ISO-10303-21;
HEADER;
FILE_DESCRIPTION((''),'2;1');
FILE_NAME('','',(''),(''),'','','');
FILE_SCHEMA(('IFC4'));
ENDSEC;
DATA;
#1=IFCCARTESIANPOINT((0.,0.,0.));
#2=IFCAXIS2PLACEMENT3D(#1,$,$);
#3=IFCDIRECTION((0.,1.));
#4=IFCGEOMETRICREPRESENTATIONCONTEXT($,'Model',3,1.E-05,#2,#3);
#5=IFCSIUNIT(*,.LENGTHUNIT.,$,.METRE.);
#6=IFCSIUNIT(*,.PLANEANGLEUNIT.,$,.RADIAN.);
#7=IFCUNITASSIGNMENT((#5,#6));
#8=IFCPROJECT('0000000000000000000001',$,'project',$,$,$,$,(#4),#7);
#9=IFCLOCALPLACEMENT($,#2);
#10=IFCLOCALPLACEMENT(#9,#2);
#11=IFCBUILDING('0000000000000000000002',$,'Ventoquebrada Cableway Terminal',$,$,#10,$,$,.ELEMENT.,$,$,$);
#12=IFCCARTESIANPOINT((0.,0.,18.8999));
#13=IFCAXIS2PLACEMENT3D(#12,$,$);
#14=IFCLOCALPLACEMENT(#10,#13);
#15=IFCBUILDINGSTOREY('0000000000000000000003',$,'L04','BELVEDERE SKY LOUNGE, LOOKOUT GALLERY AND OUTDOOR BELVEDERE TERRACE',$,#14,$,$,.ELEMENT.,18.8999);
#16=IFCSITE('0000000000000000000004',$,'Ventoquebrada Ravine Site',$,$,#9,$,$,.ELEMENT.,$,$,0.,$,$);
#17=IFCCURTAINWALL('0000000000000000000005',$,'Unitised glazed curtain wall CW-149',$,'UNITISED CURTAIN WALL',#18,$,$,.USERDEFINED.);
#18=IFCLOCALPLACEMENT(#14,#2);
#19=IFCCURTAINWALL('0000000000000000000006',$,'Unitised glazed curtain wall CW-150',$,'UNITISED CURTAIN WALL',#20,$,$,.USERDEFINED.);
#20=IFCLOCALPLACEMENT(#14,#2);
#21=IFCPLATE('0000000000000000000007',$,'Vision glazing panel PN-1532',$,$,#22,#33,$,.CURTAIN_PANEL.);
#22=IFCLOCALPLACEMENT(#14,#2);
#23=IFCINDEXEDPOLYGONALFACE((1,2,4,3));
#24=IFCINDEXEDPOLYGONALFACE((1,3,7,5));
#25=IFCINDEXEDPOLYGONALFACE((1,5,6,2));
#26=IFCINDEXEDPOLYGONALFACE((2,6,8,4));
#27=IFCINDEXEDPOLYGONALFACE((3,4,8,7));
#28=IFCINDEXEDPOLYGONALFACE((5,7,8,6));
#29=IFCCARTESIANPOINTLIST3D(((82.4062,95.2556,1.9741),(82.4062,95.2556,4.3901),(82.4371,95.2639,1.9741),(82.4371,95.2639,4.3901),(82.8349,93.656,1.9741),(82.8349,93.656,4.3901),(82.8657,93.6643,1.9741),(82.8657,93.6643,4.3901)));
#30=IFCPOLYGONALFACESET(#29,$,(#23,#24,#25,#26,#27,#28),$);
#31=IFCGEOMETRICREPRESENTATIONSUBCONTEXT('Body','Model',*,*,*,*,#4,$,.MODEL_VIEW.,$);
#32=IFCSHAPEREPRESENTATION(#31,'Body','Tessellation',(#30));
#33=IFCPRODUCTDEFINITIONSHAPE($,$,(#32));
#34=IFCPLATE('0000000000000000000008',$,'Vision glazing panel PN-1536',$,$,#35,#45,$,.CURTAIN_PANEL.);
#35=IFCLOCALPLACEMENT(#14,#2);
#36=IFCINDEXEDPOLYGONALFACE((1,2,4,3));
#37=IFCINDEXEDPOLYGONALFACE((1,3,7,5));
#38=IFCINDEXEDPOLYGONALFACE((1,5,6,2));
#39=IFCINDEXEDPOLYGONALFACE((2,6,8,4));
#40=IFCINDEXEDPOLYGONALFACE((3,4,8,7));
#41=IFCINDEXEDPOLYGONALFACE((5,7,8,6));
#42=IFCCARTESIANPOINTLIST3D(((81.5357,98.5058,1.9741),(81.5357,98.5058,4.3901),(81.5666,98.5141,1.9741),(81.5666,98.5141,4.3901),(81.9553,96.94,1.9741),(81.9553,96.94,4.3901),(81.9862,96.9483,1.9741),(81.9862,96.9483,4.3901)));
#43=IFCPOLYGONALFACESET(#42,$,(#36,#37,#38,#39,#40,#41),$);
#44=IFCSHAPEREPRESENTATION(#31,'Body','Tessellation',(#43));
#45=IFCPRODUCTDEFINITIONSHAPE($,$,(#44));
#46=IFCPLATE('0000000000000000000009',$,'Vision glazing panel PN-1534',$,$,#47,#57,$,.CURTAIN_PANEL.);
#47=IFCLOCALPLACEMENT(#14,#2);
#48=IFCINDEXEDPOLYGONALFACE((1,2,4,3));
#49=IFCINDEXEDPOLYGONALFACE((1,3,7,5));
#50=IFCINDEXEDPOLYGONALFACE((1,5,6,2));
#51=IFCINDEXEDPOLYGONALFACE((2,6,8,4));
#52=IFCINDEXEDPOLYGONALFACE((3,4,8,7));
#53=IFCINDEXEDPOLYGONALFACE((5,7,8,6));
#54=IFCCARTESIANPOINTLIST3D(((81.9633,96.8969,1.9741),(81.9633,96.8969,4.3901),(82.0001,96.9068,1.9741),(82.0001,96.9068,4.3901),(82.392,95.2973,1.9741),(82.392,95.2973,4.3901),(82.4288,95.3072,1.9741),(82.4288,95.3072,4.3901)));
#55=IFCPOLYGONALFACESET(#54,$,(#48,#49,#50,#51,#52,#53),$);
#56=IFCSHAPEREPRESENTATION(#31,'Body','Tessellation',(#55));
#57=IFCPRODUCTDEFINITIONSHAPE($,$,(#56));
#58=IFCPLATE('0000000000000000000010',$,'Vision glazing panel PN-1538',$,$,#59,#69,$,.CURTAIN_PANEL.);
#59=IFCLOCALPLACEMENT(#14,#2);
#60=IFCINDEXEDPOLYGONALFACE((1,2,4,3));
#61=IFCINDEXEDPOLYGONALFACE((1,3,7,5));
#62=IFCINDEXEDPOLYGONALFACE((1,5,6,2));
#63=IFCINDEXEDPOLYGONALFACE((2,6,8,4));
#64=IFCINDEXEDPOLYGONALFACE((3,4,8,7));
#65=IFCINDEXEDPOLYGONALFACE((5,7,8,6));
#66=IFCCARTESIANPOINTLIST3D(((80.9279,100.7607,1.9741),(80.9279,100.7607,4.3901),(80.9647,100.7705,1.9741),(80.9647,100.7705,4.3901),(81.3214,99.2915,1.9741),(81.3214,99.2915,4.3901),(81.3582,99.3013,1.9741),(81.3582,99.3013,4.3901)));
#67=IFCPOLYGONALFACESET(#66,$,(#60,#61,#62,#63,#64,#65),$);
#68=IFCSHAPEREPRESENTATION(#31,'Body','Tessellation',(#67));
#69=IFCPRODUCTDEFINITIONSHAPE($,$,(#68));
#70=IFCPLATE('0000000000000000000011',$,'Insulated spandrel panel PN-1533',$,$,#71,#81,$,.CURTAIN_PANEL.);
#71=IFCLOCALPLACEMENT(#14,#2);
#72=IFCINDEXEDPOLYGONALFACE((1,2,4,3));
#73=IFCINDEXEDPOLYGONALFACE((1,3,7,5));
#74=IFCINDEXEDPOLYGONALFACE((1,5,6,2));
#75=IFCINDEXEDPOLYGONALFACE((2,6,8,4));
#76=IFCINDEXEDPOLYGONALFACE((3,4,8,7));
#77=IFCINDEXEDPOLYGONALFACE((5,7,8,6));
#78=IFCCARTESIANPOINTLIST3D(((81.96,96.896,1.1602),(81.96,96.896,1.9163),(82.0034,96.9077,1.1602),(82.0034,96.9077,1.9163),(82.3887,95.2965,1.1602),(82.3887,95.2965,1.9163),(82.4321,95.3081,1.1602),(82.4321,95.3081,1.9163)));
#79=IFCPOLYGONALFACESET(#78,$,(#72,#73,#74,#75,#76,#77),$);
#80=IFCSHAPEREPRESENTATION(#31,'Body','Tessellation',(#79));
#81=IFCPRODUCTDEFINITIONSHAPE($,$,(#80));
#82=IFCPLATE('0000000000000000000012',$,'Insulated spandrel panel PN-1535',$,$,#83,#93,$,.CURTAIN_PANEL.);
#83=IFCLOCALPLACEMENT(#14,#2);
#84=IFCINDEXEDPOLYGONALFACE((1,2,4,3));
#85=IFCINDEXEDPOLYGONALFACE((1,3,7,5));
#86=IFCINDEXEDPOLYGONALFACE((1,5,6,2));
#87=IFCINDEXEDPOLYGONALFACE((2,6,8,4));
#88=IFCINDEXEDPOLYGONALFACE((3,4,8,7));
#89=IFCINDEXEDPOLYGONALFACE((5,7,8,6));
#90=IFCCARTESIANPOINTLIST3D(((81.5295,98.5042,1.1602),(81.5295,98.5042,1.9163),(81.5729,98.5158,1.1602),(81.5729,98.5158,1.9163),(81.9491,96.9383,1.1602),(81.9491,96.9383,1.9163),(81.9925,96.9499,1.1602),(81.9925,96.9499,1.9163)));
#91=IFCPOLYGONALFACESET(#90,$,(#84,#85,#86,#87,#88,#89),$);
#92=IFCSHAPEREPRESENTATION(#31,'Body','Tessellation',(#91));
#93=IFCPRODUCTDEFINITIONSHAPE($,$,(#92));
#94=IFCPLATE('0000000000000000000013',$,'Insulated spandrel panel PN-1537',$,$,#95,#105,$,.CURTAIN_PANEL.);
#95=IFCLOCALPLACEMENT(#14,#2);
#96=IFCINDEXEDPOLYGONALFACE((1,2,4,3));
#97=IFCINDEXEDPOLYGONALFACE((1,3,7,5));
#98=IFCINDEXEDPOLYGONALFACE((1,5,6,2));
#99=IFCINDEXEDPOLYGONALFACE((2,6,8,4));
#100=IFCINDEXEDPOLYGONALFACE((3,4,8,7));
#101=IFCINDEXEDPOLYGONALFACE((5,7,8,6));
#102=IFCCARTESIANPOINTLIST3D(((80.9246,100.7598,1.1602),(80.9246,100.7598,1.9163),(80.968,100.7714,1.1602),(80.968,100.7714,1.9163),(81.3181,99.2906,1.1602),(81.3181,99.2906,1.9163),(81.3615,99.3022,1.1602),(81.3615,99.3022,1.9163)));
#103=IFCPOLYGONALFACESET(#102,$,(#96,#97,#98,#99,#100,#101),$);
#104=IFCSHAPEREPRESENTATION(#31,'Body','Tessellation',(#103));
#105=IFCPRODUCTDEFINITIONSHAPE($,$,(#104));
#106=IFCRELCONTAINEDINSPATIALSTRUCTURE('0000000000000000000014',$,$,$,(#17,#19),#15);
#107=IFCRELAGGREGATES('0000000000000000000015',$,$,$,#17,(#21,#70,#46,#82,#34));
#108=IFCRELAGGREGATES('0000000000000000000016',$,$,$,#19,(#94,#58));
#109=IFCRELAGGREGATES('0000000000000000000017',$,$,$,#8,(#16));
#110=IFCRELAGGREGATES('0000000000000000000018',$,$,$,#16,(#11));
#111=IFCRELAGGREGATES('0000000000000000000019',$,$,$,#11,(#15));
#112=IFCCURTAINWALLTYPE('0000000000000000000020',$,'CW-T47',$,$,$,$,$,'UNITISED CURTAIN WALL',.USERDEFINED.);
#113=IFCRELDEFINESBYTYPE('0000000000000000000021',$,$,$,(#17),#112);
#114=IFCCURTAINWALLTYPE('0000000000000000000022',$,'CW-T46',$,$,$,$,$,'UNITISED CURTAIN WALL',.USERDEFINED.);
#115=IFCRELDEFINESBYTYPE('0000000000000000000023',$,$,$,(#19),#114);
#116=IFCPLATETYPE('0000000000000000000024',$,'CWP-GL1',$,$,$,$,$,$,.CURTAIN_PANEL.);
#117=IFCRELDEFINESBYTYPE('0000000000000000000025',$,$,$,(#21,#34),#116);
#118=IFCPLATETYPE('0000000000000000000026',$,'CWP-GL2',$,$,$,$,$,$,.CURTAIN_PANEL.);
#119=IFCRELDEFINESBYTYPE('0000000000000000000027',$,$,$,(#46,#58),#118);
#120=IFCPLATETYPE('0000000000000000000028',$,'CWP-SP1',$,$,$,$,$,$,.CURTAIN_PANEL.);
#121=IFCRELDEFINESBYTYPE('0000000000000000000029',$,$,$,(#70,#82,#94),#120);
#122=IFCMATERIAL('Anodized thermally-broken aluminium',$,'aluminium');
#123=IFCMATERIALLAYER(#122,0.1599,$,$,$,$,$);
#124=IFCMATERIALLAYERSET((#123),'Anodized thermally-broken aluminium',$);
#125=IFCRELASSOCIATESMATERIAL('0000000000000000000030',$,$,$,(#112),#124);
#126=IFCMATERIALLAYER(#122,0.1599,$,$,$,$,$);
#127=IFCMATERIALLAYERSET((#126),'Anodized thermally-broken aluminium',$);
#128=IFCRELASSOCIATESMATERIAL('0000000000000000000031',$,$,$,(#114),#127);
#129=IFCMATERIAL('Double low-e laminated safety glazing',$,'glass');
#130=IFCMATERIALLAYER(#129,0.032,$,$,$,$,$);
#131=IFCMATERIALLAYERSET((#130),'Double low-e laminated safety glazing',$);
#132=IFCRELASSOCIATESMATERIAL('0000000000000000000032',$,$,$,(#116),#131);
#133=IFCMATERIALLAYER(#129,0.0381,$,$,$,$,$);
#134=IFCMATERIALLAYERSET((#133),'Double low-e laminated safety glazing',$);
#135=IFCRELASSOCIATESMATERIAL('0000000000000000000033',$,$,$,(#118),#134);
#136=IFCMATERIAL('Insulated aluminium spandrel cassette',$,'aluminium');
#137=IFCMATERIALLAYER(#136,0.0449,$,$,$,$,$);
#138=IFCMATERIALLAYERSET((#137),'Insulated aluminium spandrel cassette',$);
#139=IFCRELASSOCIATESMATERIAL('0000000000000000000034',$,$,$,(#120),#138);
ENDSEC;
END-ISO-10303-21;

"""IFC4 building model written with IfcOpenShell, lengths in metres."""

from ifc_helpers import new_model, si_unit, direction, frame, origin, origin_2d, place, context, subcontext, project, spatial, rectangle, extrude, material, layer, layer_set, type_object, element, aggregate, save


model = new_model("IFC4")

# Units and contexts
model_context = context("Model", 3, precision=1e-05, world=origin(), true_north=direction((0.0, 1.0)))
body_context = subcontext(model_context, "Body", "Model", "MODEL_VIEW")
ifc_project = project(units=[si_unit("LENGTHUNIT", "METRE"), si_unit("PLANEANGLEUNIT", "RADIAN")], contexts=[model_context])

# Site, building, storey
site_placement = place(None, origin())
site = spatial("IfcSite", under=ifc_project, at=site_placement, Name="Ventoquebrada Ravine Site", CompositionType="ELEMENT", RefElevation=0.0)
building_placement = place(site_placement, origin())
building = spatial("IfcBuilding", under=site, at=building_placement, Name="Ventoquebrada Cableway Terminal", CompositionType="ELEMENT")
storey_placement = place(building_placement, frame((0.0, 0.0, 18.8999)))
storey = spatial("IfcBuildingStorey", under=building, at=storey_placement, Name="L04", Description="BELVEDERE SKY LOUNGE, LOOKOUT GALLERY AND OUTDOOR BELVEDERE TERRACE", CompositionType="ELEMENT", Elevation=18.8999)

# Curtain wall
ifc_material_1 = material(Name="Anodized thermally-broken aluminium", Category="aluminium")
ifc_layer_1 = layer(ifc_material_1, 0.1599)
ifc_layer_set_1 = layer_set([ifc_layer_1], Name="Anodized thermally-broken aluminium")
curtain_wall_type_1 = type_object("IfcCurtainWallType", Name="CW-T47", ElementType="UNITISED CURTAIN WALL", PredefinedType="USERDEFINED", material=ifc_layer_set_1)
curtain_wall_1_placement = place(storey_placement, origin())
curtain_wall_1 = element("IfcCurtainWall", 1, at=curtain_wall_1_placement, inside=storey, type_object=curtain_wall_type_1, Name="Unitised glazed curtain wall CW-149", ObjectType="UNITISED CURTAIN WALL", PredefinedType="USERDEFINED")

# Curtain wall
ifc_layer_2 = layer(ifc_material_1, 0.1599)
ifc_layer_set_2 = layer_set([ifc_layer_2], Name="Anodized thermally-broken aluminium")
curtain_wall_type_2 = type_object("IfcCurtainWallType", Name="CW-T46", ElementType="UNITISED CURTAIN WALL", PredefinedType="USERDEFINED", material=ifc_layer_set_2)
curtain_wall_2_placement = place(storey_placement, origin())
curtain_wall_2 = element("IfcCurtainWall", 2, at=curtain_wall_2_placement, inside=storey, type_object=curtain_wall_type_2, Name="Unitised glazed curtain wall CW-150", ObjectType="UNITISED CURTAIN WALL", PredefinedType="USERDEFINED")

# Plates
ifc_material_2 = material(Name="Double low-e laminated safety glazing", Category="glass")
ifc_layer_3 = layer(ifc_material_2, 0.032)
ifc_layer_set_3 = layer_set([ifc_layer_3], Name="Double low-e laminated safety glazing")
plate_type_1 = type_object("IfcPlateType", Name="CWP-GL1", PredefinedType="CURTAIN_PANEL", material=ifc_layer_set_3)
plate_1_placement = place(storey_placement, frame((82.636, 94.46, 1.9741), z_axis=(0.0, 0.0, 1.0), x_axis=(-0.258836, 0.965921, 0.0)))
plate_1 = element("IfcPlate", 3, at=plate_1_placement, type_object=plate_type_1, Name="Vision glazing panel PN-1532", PredefinedType="CURTAIN_PANEL", context=body_context, shape_type="SweptSolid", body=[
    extrude(rectangle(XDim=1.656, YDim=0.032, at=origin_2d()), origin(), (0.0, 0.0, 1.0), 2.416),
])
plate_2_placement = place(storey_placement, frame((81.761, 97.7271, 1.9741), z_axis=(0.0, 0.0, 1.0), x_axis=(-0.258836, 0.965921, 0.0)))
plate_2 = element("IfcPlate", 4, at=plate_2_placement, type_object=plate_type_1, Name="Vision glazing panel PN-1536", PredefinedType="CURTAIN_PANEL", context=body_context, shape_type="SweptSolid", body=[
    extrude(rectangle(XDim=1.6211, YDim=0.032, at=origin_2d()), origin(), (0.0, 0.0, 1.0), 2.416),
])
ifc_layer_4 = layer(ifc_material_2, 0.0381)
ifc_layer_set_4 = layer_set([ifc_layer_4], Name="Double low-e laminated safety glazing")
plate_type_2 = type_object("IfcPlateType", Name="CWP-GL2", PredefinedType="CURTAIN_PANEL", material=ifc_layer_set_4)
plate_3_placement = place(storey_placement, frame((82.196, 96.1021, 1.9741), z_axis=(0.0, 0.0, 1.0), x_axis=(-0.258836, 0.965921, 0.0)))
plate_3 = element("IfcPlate", 5, at=plate_3_placement, type_object=plate_type_2, Name="Vision glazing panel PN-1534", PredefinedType="CURTAIN_PANEL", context=body_context, shape_type="SweptSolid", body=[
    extrude(rectangle(XDim=1.656, YDim=0.0381, at=origin_2d()), origin(), (0.0, 0.0, 1.0), 2.416),
])
plate_4_placement = place(storey_placement, frame((81.1431, 100.031, 1.9741), z_axis=(0.0, 0.0, 1.0), x_axis=(-0.258718, 0.965953, 0.0)))
plate_4 = element("IfcPlate", 6, at=plate_4_placement, type_object=plate_type_2, Name="Vision glazing panel PN-1538", PredefinedType="CURTAIN_PANEL", context=body_context, shape_type="SweptSolid", body=[
    extrude(rectangle(XDim=1.521, YDim=0.0381, at=origin_2d()), origin(), (0.0, 0.0, 1.0), 2.416),
])
ifc_material_3 = material(Name="Insulated aluminium spandrel cassette", Category="aluminium")
ifc_layer_5 = layer(ifc_material_3, 0.0449)
ifc_layer_set_5 = layer_set([ifc_layer_5], Name="Insulated aluminium spandrel cassette")
plate_type_3 = type_object("IfcPlateType", Name="CWP-SP1", PredefinedType="CURTAIN_PANEL", material=ifc_layer_set_5)
plate_5_placement = place(storey_placement, frame((82.196, 96.1021, 1.1602), z_axis=(0.0, 0.0, 1.0), x_axis=(-0.258836, 0.965921, 0.0)))
plate_5 = element("IfcPlate", 7, at=plate_5_placement, type_object=plate_type_3, Name="Insulated spandrel panel PN-1533", PredefinedType="CURTAIN_PANEL", context=body_context, shape_type="SweptSolid", body=[
    extrude(rectangle(XDim=1.656, YDim=0.0449, at=origin_2d()), origin(), (0.0, 0.0, 1.0), 0.7561),
])
plate_6_placement = place(storey_placement, frame((81.761, 97.7271, 1.1602), z_axis=(0.0, 0.0, 1.0), x_axis=(-0.258836, 0.965921, 0.0)))
plate_6 = element("IfcPlate", 8, at=plate_6_placement, type_object=plate_type_3, Name="Insulated spandrel panel PN-1535", PredefinedType="CURTAIN_PANEL", context=body_context, shape_type="SweptSolid", body=[
    extrude(rectangle(XDim=1.6211, YDim=0.0449, at=origin_2d()), origin(), (0.0, 0.0, 1.0), 0.7561),
])
aggregate(curtain_wall_1, [plate_1, plate_5, plate_3, plate_6, plate_2])
plate_7_placement = place(storey_placement, frame((81.1431, 100.031, 1.1602), z_axis=(0.0, 0.0, 1.0), x_axis=(-0.258718, 0.965953, 0.0)))
plate_7 = element("IfcPlate", 9, at=plate_7_placement, type_object=plate_type_3, Name="Insulated spandrel panel PN-1537", PredefinedType="CURTAIN_PANEL", context=body_context, shape_type="SweptSolid", body=[
    extrude(rectangle(XDim=1.521, YDim=0.0449, at=origin_2d()), origin(), (0.0, 0.0, 1.0), 0.7561),
])
aggregate(curtain_wall_2, [plate_7, plate_4])

save(model, "model.ifc")
